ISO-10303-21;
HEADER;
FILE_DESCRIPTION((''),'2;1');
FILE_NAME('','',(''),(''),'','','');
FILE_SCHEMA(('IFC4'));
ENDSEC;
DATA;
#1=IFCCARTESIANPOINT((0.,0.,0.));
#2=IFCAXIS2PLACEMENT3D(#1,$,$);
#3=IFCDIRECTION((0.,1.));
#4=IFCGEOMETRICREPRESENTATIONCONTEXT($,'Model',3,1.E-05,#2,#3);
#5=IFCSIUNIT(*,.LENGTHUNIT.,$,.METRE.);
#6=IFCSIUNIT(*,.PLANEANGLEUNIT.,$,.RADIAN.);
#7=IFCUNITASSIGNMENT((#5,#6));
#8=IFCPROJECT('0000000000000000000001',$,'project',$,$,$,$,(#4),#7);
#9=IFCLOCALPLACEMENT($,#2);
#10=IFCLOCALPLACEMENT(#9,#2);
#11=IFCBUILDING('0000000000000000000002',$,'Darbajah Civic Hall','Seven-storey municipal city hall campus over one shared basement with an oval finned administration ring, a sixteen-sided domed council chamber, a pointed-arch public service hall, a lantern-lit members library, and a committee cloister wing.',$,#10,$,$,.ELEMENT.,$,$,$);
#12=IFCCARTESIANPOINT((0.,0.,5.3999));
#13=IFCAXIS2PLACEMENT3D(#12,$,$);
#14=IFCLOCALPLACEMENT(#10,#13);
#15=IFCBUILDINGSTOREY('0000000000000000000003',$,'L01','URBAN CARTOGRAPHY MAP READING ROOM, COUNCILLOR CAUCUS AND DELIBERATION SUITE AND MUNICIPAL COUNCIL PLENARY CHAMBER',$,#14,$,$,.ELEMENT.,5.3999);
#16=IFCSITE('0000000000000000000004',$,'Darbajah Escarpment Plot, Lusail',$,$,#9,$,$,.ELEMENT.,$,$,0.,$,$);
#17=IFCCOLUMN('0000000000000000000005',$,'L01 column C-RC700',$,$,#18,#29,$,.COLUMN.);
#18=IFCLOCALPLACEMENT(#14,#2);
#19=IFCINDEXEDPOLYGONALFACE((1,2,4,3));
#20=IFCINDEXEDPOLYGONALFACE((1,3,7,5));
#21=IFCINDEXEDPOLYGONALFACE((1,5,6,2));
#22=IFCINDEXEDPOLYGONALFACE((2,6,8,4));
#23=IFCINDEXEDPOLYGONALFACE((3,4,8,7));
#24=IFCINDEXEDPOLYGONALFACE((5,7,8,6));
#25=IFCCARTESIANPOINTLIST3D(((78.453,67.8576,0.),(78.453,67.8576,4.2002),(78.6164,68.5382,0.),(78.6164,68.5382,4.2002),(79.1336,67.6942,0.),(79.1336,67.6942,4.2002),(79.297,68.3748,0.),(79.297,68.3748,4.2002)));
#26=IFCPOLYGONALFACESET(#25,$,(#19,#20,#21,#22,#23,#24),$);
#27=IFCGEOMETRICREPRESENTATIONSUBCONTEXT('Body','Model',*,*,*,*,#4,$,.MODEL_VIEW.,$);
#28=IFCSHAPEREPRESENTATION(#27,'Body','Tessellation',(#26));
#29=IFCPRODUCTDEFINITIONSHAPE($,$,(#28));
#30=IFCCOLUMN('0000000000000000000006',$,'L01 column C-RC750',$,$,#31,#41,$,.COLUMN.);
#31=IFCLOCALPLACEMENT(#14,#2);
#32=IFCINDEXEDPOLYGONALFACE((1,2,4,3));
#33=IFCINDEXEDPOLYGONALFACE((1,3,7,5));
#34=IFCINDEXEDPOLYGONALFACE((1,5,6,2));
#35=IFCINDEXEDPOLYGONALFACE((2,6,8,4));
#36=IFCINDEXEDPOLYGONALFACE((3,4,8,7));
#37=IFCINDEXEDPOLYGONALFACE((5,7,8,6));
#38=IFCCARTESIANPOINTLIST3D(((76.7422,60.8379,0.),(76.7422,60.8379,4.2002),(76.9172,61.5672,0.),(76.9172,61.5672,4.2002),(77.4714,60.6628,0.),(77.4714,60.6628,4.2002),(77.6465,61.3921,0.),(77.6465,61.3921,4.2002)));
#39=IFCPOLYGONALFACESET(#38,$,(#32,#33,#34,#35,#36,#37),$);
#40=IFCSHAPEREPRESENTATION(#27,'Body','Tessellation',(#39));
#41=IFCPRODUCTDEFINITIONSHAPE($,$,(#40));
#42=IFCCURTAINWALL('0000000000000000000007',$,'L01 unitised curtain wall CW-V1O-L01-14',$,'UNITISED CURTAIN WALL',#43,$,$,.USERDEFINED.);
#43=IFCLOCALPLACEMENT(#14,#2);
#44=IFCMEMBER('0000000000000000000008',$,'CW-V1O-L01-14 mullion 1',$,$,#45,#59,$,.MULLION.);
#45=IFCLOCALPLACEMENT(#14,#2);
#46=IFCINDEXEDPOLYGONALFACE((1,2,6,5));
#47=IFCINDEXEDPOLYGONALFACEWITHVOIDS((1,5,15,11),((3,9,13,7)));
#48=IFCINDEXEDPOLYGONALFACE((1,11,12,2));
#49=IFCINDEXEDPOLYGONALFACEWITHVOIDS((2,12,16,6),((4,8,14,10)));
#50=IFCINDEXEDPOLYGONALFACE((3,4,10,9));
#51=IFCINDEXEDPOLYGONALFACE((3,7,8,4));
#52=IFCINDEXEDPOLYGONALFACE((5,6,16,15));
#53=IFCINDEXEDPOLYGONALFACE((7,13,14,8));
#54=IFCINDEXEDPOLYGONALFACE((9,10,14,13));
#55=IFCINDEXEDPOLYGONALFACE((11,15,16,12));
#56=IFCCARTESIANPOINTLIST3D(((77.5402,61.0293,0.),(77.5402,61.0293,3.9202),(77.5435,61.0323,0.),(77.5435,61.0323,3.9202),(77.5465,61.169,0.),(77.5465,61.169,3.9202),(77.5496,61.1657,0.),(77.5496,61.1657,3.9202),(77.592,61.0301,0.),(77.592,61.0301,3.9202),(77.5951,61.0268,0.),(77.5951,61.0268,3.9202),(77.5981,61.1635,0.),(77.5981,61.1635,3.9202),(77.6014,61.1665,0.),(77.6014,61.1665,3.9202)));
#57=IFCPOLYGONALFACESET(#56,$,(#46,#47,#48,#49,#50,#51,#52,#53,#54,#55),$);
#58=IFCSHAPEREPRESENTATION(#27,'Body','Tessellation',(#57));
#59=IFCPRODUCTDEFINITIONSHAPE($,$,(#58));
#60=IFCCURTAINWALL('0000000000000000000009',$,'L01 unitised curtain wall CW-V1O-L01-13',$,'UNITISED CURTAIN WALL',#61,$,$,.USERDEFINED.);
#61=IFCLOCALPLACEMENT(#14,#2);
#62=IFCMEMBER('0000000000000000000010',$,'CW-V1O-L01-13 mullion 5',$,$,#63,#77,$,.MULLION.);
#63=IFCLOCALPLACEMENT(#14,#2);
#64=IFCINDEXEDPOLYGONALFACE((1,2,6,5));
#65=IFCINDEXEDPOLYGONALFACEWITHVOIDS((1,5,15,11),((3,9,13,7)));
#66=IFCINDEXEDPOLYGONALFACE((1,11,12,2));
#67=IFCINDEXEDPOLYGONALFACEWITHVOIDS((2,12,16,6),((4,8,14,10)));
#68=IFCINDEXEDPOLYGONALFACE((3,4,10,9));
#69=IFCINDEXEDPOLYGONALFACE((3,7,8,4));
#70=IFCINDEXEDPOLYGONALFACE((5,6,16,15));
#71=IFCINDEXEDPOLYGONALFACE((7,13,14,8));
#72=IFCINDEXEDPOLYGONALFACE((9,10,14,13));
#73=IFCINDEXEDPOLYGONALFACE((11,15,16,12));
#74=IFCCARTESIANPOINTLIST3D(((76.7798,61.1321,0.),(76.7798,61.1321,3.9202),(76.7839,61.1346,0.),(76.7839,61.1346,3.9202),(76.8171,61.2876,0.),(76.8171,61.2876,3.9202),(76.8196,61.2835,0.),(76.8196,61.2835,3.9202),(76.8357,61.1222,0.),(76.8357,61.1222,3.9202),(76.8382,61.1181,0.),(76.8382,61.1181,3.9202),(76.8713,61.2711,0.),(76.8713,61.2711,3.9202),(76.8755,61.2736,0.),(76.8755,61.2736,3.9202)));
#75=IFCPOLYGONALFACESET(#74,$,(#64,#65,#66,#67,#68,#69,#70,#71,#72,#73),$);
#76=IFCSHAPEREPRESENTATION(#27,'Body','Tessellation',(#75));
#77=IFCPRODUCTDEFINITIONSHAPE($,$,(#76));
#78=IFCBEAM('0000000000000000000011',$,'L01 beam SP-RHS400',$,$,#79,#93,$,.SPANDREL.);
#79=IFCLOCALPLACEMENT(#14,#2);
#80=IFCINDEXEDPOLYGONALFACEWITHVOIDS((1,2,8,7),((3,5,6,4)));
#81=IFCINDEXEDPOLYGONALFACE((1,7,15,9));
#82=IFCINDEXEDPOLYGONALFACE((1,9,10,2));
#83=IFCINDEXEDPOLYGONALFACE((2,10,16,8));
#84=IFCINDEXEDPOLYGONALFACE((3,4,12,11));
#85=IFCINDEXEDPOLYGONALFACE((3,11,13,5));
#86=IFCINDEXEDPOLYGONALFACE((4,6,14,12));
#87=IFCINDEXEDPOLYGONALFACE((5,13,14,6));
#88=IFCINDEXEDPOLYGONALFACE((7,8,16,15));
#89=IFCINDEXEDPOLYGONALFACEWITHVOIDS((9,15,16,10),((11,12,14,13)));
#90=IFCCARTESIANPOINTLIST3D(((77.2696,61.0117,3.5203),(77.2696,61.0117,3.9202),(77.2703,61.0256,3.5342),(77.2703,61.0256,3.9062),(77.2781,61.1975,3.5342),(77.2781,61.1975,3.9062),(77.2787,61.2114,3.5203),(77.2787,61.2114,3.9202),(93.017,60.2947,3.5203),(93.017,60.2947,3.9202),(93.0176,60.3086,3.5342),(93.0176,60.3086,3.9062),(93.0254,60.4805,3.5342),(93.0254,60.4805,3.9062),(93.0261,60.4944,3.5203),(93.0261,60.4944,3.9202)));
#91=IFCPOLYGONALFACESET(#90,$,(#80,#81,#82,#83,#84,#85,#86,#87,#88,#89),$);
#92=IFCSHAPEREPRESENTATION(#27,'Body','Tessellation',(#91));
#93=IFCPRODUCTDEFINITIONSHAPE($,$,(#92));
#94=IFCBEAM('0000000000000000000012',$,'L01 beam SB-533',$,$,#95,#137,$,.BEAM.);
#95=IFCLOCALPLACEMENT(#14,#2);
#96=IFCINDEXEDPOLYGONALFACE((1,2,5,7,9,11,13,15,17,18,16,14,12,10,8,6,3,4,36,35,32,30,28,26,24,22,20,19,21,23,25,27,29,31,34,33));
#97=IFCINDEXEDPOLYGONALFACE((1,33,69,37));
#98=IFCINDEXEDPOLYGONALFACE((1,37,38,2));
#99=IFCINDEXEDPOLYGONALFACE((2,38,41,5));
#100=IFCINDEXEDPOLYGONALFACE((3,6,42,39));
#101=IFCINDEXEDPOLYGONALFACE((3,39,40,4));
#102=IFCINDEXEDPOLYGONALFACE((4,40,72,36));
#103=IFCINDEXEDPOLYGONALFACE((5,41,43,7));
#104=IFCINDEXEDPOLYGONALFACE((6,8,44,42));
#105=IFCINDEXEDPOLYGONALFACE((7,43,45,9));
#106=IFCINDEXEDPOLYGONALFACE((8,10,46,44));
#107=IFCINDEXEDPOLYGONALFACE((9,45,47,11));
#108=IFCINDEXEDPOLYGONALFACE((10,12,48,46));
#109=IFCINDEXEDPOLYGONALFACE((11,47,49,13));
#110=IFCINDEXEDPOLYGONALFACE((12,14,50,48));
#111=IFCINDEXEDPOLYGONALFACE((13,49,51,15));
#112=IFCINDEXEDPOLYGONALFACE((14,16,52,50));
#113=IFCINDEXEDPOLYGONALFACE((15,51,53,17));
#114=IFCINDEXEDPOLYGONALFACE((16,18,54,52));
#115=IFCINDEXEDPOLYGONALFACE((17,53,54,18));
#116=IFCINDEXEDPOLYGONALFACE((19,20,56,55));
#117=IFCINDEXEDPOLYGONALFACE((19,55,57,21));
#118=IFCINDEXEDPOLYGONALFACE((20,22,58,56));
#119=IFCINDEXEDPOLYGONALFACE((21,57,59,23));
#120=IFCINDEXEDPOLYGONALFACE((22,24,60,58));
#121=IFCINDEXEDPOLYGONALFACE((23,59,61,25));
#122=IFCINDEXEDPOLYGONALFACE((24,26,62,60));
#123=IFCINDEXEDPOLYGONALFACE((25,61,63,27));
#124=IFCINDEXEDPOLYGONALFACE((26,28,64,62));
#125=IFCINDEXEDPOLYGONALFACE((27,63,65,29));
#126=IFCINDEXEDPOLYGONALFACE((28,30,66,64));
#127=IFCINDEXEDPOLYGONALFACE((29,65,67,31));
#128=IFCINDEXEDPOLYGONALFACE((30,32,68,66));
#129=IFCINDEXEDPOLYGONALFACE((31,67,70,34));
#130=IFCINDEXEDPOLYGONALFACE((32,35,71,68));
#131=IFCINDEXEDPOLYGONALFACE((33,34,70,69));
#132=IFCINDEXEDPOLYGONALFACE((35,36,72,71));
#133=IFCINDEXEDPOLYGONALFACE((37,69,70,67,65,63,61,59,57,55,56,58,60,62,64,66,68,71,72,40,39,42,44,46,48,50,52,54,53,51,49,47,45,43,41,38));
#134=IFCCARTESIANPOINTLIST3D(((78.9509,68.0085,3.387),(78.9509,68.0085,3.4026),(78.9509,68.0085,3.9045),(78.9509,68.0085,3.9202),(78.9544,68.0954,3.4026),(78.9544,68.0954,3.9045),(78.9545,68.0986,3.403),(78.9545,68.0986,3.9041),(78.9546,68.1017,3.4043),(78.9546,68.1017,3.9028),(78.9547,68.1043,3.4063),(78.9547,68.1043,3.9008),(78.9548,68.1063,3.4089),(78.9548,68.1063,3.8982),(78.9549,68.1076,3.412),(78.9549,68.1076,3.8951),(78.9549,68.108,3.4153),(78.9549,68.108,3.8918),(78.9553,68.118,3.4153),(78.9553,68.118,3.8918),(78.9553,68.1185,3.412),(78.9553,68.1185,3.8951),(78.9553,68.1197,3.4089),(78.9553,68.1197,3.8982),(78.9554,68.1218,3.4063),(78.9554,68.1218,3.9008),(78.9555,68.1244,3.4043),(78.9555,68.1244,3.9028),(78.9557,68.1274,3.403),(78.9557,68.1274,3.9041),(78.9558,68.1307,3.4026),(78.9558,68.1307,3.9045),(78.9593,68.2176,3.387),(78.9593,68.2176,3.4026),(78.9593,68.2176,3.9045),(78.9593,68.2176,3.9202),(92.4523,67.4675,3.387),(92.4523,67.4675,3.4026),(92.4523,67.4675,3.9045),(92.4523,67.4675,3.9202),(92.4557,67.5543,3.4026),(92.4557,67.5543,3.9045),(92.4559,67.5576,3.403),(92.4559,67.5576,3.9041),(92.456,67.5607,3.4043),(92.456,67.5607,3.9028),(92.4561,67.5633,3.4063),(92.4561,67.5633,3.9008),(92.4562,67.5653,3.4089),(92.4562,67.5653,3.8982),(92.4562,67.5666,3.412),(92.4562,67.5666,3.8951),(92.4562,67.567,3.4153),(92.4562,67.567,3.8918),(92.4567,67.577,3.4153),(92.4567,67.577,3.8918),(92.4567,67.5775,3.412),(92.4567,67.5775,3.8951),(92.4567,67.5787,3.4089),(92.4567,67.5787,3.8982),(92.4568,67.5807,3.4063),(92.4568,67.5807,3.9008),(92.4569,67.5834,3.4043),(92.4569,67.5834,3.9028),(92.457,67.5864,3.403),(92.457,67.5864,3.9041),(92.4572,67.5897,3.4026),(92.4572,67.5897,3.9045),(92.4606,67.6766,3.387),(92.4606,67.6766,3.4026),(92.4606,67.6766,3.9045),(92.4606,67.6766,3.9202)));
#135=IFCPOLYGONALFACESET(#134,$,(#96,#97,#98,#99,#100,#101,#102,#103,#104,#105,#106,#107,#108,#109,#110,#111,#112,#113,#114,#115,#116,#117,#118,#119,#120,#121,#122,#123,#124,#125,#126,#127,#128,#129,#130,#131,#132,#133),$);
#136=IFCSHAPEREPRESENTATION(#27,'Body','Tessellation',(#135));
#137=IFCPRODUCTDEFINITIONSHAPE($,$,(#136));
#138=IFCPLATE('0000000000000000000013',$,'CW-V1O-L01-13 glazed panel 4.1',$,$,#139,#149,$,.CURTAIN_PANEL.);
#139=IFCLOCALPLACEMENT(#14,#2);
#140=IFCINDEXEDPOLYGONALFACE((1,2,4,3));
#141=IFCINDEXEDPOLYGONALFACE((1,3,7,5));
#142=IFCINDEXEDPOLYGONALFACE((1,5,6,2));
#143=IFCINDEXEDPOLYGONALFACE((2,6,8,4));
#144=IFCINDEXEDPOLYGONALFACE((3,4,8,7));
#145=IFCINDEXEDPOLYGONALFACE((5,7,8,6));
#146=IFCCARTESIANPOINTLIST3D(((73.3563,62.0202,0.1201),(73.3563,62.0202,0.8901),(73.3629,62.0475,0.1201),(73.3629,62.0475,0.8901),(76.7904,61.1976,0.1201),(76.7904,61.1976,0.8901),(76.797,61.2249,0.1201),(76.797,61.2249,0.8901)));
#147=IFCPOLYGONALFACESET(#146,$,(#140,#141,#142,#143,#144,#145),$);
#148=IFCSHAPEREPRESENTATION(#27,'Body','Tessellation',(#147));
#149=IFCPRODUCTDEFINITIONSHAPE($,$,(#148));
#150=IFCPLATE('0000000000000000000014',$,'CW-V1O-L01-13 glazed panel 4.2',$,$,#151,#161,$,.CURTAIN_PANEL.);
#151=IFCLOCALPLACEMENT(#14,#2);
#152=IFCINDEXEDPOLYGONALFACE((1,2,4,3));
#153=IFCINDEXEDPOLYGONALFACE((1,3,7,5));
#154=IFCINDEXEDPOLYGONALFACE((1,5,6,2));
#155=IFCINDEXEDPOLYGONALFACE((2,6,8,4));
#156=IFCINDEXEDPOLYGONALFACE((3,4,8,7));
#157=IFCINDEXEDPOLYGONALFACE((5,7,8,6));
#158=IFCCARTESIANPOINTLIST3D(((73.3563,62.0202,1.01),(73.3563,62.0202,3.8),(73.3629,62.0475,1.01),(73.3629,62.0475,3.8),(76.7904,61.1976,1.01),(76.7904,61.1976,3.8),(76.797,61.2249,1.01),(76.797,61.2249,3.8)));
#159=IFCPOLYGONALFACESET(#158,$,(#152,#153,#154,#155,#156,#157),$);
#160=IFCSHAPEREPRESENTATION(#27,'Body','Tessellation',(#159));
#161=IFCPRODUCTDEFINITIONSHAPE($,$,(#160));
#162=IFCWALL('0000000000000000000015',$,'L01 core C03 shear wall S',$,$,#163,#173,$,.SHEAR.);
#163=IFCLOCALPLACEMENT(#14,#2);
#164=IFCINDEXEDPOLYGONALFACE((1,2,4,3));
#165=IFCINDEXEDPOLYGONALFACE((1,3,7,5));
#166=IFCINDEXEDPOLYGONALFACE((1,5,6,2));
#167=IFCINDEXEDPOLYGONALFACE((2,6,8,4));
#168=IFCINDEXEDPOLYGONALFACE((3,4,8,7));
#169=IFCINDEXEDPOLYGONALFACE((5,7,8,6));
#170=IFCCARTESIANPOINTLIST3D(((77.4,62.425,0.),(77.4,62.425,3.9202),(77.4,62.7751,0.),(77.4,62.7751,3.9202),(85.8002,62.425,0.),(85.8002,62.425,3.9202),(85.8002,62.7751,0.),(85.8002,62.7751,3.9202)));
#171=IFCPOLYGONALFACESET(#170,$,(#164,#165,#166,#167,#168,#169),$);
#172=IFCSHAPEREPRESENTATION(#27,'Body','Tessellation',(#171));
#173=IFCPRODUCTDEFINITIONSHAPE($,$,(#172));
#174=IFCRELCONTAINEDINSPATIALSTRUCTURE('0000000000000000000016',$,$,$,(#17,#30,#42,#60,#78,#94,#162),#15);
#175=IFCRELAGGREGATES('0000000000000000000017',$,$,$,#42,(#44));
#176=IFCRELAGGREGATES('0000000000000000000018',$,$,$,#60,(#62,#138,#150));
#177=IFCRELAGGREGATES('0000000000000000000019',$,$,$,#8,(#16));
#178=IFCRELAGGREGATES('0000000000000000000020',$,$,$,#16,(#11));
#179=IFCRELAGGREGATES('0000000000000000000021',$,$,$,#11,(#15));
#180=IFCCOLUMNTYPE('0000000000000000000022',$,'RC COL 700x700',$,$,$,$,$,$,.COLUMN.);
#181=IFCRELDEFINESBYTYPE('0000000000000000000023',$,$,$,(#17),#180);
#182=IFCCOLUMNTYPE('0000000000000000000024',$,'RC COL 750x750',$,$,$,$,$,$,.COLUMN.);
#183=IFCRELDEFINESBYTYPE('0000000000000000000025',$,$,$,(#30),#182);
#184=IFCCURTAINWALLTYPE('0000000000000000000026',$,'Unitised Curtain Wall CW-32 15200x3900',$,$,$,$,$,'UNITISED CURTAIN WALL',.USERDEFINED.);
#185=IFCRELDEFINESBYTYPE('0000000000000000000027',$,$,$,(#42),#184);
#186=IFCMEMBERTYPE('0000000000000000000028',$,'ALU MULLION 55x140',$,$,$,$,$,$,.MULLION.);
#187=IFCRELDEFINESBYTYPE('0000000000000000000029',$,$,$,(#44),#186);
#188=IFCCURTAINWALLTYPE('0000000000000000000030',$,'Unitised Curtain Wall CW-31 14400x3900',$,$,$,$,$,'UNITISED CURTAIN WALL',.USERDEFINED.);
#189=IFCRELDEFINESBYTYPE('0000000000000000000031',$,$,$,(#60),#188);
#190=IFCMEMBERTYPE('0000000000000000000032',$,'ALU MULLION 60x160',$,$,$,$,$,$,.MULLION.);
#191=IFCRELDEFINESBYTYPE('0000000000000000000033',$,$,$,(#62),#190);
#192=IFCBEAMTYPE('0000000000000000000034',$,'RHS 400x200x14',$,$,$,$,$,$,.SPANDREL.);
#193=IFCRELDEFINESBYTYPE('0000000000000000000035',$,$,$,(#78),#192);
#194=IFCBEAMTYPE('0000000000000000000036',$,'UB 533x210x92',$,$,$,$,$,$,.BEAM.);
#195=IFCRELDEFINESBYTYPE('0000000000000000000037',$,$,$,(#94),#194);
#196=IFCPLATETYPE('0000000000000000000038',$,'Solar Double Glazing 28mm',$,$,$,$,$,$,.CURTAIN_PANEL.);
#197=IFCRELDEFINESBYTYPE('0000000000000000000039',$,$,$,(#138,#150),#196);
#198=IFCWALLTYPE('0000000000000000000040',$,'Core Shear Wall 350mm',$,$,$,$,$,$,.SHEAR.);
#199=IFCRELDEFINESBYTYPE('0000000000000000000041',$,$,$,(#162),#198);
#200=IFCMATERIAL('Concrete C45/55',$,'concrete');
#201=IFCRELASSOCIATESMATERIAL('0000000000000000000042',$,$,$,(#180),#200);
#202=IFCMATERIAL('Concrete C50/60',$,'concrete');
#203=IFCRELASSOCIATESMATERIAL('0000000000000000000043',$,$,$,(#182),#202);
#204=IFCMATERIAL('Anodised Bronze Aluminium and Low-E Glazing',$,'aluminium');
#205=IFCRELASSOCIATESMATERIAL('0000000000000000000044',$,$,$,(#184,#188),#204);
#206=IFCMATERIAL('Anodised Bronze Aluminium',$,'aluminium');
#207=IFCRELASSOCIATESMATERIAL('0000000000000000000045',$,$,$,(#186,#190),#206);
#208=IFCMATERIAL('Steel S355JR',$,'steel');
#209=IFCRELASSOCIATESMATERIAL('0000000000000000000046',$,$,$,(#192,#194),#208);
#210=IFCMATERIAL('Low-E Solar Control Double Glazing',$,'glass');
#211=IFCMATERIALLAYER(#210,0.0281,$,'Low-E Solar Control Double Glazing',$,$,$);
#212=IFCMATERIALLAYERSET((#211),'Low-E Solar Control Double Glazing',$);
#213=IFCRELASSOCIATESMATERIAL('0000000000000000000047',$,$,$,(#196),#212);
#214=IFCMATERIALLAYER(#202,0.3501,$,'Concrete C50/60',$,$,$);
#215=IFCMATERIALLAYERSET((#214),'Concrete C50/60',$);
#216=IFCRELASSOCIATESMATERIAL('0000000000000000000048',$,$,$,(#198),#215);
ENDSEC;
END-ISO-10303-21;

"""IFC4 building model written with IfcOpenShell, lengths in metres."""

from ifc_helpers import new_model, si_unit, direction, frame, frame_2d, origin, origin_2d, place, context, subcontext, project, spatial, rectangle, hollow_rectangle, i_section, extrude, material, layer, layer_set, material_profile, profile_set, type_object, element, aggregate, save


model = new_model("IFC4")

# Units and contexts
model_context = context("Model", 3, precision=1e-05, world=origin(), true_north=direction((0.0, 1.0)))
body_context = subcontext(model_context, "Body", "Model", "MODEL_VIEW")
ifc_project = project(units=[si_unit("LENGTHUNIT", "METRE"), si_unit("PLANEANGLEUNIT", "RADIAN")], contexts=[model_context])

# Site, building, storey
site_placement = place(None, origin())
site = spatial("IfcSite", under=ifc_project, at=site_placement, Name="Darbajah Escarpment Plot, Lusail", CompositionType="ELEMENT", RefElevation=0.0)
building_placement = place(site_placement, origin())
building = spatial("IfcBuilding", under=site, at=building_placement, Name="Darbajah Civic Hall", Description="Seven-storey municipal city hall campus over one shared basement with an oval finned administration ring, a sixteen-sided domed council chamber, a pointed-arch public service hall, a lantern-lit members library, and a committee cloister wing.", CompositionType="ELEMENT")
storey_placement = place(building_placement, frame((0.0, 0.0, 5.3999)))
storey = spatial("IfcBuildingStorey", under=building, at=storey_placement, Name="L01", Description="URBAN CARTOGRAPHY MAP READING ROOM, COUNCILLOR CAUCUS AND DELIBERATION SUITE AND MUNICIPAL COUNCIL PLENARY CHAMBER", CompositionType="ELEMENT", Elevation=5.3999)

# Columns
ifc_material_1 = material(Name="Concrete C45/55", Category="concrete")
ifc_material_profile_1 = material_profile(ifc_material_1, rectangle(XDim=0.7, YDim=0.7, at=origin_2d()), Name="RC COL 700x700")
ifc_profile_set_1 = profile_set([ifc_material_profile_1], Name="Concrete C45/55")
column_type_1 = type_object("IfcColumnType", Name="RC COL 700x700", PredefinedType="COLUMN", material=ifc_profile_set_1)
column_1_placement = place(storey_placement, frame((78.875, 68.1162, 0.0), z_axis=(0.0, 0.0, 1.0), x_axis=(-0.233445, -0.97237, 0.0)))
element("IfcColumn", 1, at=column_1_placement, inside=storey, type_object=column_type_1, Name="L01 column C-RC700", PredefinedType="COLUMN", context=body_context, shape_type="SweptSolid", body=[
    extrude(rectangle(XDim=0.7, YDim=0.7, at=origin_2d()), origin(), (0.0, 0.0, 1.0), 4.2002),
])
ifc_material_2 = material(Name="Concrete C50/60", Category="concrete")
ifc_material_profile_2 = material_profile(ifc_material_2, rectangle(XDim=0.75, YDim=0.75, at=origin_2d()), Name="RC COL 750x750")
ifc_profile_set_2 = profile_set([ifc_material_profile_2], Name="Concrete C50/60")
column_type_2 = type_object("IfcColumnType", Name="RC COL 750x750", PredefinedType="COLUMN", material=ifc_profile_set_2)
column_2_placement = place(storey_placement, frame((77.1943, 61.115, 0.0), z_axis=(0.0, 0.0, 1.0), x_axis=(-0.233445, -0.97237, 0.0)))
element("IfcColumn", 2, at=column_2_placement, inside=storey, type_object=column_type_2, Name="L01 column C-RC750", PredefinedType="COLUMN", context=body_context, shape_type="SweptSolid", body=[
    extrude(rectangle(XDim=0.75, YDim=0.75, at=origin_2d()), origin(), (0.0, 0.0, 1.0), 4.2002),
])

# Curtain walls, members
ifc_material_3 = material(Name="Anodised Bronze Aluminium and Low-E Glazing", Category="aluminium")
curtain_wall_type_1 = type_object("IfcCurtainWallType", Name="Unitised Curtain Wall CW-32 15200x3900", ElementType="UNITISED CURTAIN WALL", PredefinedType="USERDEFINED", material=ifc_material_3)
curtain_wall_1_placement = place(storey_placement, origin())
curtain_wall_1 = element("IfcCurtainWall", 3, at=curtain_wall_1_placement, inside=storey, type_object=curtain_wall_type_1, Name="L01 unitised curtain wall CW-V1O-L01-14", ObjectType="UNITISED CURTAIN WALL", PredefinedType="USERDEFINED")
ifc_material_4 = material(Name="Anodised Bronze Aluminium", Category="aluminium")
ifc_material_profile_3 = material_profile(ifc_material_4, hollow_rectangle(XDim=0.0549, YDim=0.1399, WallThickness=0.0032, at=origin_2d()), Name="ALU MULLION 55x140")
ifc_profile_set_3 = profile_set([ifc_material_profile_3], Name="Anodised Bronze Aluminium")
member_type_1 = type_object("IfcMemberType", Name="ALU MULLION 55x140", PredefinedType="MULLION", material=ifc_profile_set_3)
member_1_placement = place(storey_placement, frame((77.5708, 61.0979, 0.0), z_axis=(0.0, 0.0, 1.0), x_axis=(0.998963, -0.045537, 0.0)))
member_1 = element("IfcMember", 4, at=member_1_placement, type_object=member_type_1, Name="CW-V1O-L01-14 mullion 1", PredefinedType="MULLION", context=body_context, shape_type="SweptSolid", body=[
    extrude(hollow_rectangle(XDim=0.0549, YDim=0.1399, WallThickness=0.0032, at=origin_2d()), origin(), (0.0, 0.0, 1.0), 3.9202),
])
aggregate(curtain_wall_1, [member_1])
curtain_wall_type_2 = type_object("IfcCurtainWallType", Name="Unitised Curtain Wall CW-31 14400x3900", ElementType="UNITISED CURTAIN WALL", PredefinedType="USERDEFINED", material=ifc_material_3)
curtain_wall_2_placement = place(storey_placement, origin())
curtain_wall_2 = element("IfcCurtainWall", 5, at=curtain_wall_2_placement, inside=storey, type_object=curtain_wall_type_2, Name="L01 unitised curtain wall CW-V1O-L01-13", ObjectType="UNITISED CURTAIN WALL", PredefinedType="USERDEFINED")
ifc_material_profile_4 = material_profile(ifc_material_4, hollow_rectangle(XDim=0.0601, YDim=0.1599, WallThickness=0.0034, at=origin_2d()), Name="ALU MULLION 60x160")
ifc_profile_set_4 = profile_set([ifc_material_profile_4], Name="Anodised Bronze Aluminium")
member_type_2 = type_object("IfcMemberType", Name="ALU MULLION 60x160", PredefinedType="MULLION", material=ifc_profile_set_4)
member_2_placement = place(storey_placement, frame((76.8276, 61.2029, 0.0), z_axis=(0.0, 0.0, 1.0), x_axis=(0.972492, -0.232936, 0.0)))
member_2 = element("IfcMember", 6, at=member_2_placement, type_object=member_type_2, Name="CW-V1O-L01-13 mullion 5", PredefinedType="MULLION", context=body_context, shape_type="SweptSolid", body=[
    extrude(hollow_rectangle(XDim=0.0601, YDim=0.1599, WallThickness=0.0034, at=origin_2d()), origin(), (0.0, 0.0, 1.0), 3.9202),
])

# Beams
ifc_material_5 = material(Name="Steel S355JR", Category="steel")
ifc_material_profile_5 = material_profile(ifc_material_5, hollow_rectangle(XDim=0.2, YDim=0.3999, WallThickness=0.0139, at=origin_2d()), Name="RHS 400x200x14")
ifc_profile_set_5 = profile_set([ifc_material_profile_5], Name="Steel S355JR")
beam_type_1 = type_object("IfcBeamType", Name="RHS 400x200x14", PredefinedType="SPANDREL", material=ifc_profile_set_5)
beam_1_placement = place(storey_placement, frame((77.2742, 61.1116, 3.7202), z_axis=(0.998965, -0.045487, 0.0), x_axis=(0.045487, 0.998965, 0.0)))
element("IfcBeam", 7, at=beam_1_placement, inside=storey, type_object=beam_type_1, Name="L01 beam SP-RHS400", PredefinedType="SPANDREL", context=body_context, shape_type="SweptSolid", body=[
    extrude(hollow_rectangle(XDim=0.2, YDim=0.3999, WallThickness=0.0139, at=origin_2d()), origin(), (0.0, 0.0, 1.0), 15.7637),
])
ifc_material_profile_6 = material_profile(ifc_material_5, i_section(OverallWidth=0.2092, OverallDepth=0.5332, WebThickness=0.01, FlangeThickness=0.0156, FilletRadius=0.0127, at=origin_2d()), Name="UB 533x210x92")
ifc_profile_set_6 = profile_set([ifc_material_profile_6], Name="Steel S355JR")
beam_type_2 = type_object("IfcBeamType", Name="UB 533x210x92", PredefinedType="BEAM", material=ifc_profile_set_6)
beam_2_placement = place(storey_placement, frame((78.9551, 68.113, 3.6536), z_axis=(0.999198, -0.040039, 0.0), x_axis=(0.040039, 0.999198, 0.0)))
element("IfcBeam", 8, at=beam_2_placement, inside=storey, type_object=beam_type_2, Name="L01 beam SB-533", PredefinedType="BEAM", context=body_context, shape_type="SweptSolid", body=[
    extrude(i_section(OverallWidth=0.2092, OverallDepth=0.5332, WebThickness=0.01, FlangeThickness=0.0156, FilletRadius=0.0127, at=origin_2d()), origin(), (0.0, 0.0, 1.0), 13.5122),
])

# Plates
ifc_material_6 = material(Name="Low-E Solar Control Double Glazing", Category="glass")
ifc_layer_1 = layer(ifc_material_6, 0.0281, Name="Low-E Solar Control Double Glazing")
ifc_layer_set_1 = layer_set([ifc_layer_1], Name="Low-E Solar Control Double Glazing")
plate_type = type_object("IfcPlateType", Name="Solar Double Glazing 28mm", PredefinedType="CURTAIN_PANEL", material=ifc_layer_set_1)
plate_1_placement = place(storey_placement, frame((75.0767, 61.6226, 0.1201), z_axis=(0.0, 0.0, 1.0), x_axis=(0.972492, -0.232936, 0.0)))
plate_1 = element("IfcPlate", 9, at=plate_1_placement, type_object=plate_type, Name="CW-V1O-L01-13 glazed panel 4.1", PredefinedType="CURTAIN_PANEL", context=body_context, shape_type="SweptSolid", body=[
    extrude(rectangle(XDim=3.5312, YDim=0.0281, at=origin_2d()), origin(), (0.0, 0.0, 1.0), 0.77),
])
plate_2_placement = place(storey_placement, frame((75.0767, 61.6226, 1.01), z_axis=(0.0, 0.0, 1.0), x_axis=(0.972492, -0.232936, 0.0)))
plate_2 = element("IfcPlate", 10, at=plate_2_placement, type_object=plate_type, Name="CW-V1O-L01-13 glazed panel 4.2", PredefinedType="CURTAIN_PANEL", context=body_context, shape_type="SweptSolid", body=[
    extrude(rectangle(XDim=3.5312, YDim=0.0281, at=origin_2d()), origin(), (0.0, 0.0, 1.0), 2.79),
])
aggregate(curtain_wall_2, [member_2, plate_1, plate_2])

# Wall
ifc_layer_2 = layer(ifc_material_2, 0.3501, Name="Concrete C50/60")
ifc_layer_set_2 = layer_set([ifc_layer_2], Name="Concrete C50/60")
wall_type_1 = type_object("IfcWallType", Name="Core Shear Wall 350mm", PredefinedType="SHEAR", material=ifc_layer_set_2)
wall_1_placement = place(storey_placement, frame((77.3999, 62.6001, 0.0), z_axis=(0.0, 0.0, 1.0), x_axis=(1.0, 0.0, 0.0)))
element("IfcWall", 11, at=wall_1_placement, inside=storey, type_object=wall_type_1, Name="L01 core C03 shear wall S", PredefinedType="SHEAR", context=body_context, shape_type="SweptSolid", body=[
    extrude(rectangle(XDim=8.4001, YDim=0.3501, at=frame_2d((4.2002, 0.0))), origin(), (0.0, 0.0, 1.0), 3.9202),
])

save(model, "model.ifc")
